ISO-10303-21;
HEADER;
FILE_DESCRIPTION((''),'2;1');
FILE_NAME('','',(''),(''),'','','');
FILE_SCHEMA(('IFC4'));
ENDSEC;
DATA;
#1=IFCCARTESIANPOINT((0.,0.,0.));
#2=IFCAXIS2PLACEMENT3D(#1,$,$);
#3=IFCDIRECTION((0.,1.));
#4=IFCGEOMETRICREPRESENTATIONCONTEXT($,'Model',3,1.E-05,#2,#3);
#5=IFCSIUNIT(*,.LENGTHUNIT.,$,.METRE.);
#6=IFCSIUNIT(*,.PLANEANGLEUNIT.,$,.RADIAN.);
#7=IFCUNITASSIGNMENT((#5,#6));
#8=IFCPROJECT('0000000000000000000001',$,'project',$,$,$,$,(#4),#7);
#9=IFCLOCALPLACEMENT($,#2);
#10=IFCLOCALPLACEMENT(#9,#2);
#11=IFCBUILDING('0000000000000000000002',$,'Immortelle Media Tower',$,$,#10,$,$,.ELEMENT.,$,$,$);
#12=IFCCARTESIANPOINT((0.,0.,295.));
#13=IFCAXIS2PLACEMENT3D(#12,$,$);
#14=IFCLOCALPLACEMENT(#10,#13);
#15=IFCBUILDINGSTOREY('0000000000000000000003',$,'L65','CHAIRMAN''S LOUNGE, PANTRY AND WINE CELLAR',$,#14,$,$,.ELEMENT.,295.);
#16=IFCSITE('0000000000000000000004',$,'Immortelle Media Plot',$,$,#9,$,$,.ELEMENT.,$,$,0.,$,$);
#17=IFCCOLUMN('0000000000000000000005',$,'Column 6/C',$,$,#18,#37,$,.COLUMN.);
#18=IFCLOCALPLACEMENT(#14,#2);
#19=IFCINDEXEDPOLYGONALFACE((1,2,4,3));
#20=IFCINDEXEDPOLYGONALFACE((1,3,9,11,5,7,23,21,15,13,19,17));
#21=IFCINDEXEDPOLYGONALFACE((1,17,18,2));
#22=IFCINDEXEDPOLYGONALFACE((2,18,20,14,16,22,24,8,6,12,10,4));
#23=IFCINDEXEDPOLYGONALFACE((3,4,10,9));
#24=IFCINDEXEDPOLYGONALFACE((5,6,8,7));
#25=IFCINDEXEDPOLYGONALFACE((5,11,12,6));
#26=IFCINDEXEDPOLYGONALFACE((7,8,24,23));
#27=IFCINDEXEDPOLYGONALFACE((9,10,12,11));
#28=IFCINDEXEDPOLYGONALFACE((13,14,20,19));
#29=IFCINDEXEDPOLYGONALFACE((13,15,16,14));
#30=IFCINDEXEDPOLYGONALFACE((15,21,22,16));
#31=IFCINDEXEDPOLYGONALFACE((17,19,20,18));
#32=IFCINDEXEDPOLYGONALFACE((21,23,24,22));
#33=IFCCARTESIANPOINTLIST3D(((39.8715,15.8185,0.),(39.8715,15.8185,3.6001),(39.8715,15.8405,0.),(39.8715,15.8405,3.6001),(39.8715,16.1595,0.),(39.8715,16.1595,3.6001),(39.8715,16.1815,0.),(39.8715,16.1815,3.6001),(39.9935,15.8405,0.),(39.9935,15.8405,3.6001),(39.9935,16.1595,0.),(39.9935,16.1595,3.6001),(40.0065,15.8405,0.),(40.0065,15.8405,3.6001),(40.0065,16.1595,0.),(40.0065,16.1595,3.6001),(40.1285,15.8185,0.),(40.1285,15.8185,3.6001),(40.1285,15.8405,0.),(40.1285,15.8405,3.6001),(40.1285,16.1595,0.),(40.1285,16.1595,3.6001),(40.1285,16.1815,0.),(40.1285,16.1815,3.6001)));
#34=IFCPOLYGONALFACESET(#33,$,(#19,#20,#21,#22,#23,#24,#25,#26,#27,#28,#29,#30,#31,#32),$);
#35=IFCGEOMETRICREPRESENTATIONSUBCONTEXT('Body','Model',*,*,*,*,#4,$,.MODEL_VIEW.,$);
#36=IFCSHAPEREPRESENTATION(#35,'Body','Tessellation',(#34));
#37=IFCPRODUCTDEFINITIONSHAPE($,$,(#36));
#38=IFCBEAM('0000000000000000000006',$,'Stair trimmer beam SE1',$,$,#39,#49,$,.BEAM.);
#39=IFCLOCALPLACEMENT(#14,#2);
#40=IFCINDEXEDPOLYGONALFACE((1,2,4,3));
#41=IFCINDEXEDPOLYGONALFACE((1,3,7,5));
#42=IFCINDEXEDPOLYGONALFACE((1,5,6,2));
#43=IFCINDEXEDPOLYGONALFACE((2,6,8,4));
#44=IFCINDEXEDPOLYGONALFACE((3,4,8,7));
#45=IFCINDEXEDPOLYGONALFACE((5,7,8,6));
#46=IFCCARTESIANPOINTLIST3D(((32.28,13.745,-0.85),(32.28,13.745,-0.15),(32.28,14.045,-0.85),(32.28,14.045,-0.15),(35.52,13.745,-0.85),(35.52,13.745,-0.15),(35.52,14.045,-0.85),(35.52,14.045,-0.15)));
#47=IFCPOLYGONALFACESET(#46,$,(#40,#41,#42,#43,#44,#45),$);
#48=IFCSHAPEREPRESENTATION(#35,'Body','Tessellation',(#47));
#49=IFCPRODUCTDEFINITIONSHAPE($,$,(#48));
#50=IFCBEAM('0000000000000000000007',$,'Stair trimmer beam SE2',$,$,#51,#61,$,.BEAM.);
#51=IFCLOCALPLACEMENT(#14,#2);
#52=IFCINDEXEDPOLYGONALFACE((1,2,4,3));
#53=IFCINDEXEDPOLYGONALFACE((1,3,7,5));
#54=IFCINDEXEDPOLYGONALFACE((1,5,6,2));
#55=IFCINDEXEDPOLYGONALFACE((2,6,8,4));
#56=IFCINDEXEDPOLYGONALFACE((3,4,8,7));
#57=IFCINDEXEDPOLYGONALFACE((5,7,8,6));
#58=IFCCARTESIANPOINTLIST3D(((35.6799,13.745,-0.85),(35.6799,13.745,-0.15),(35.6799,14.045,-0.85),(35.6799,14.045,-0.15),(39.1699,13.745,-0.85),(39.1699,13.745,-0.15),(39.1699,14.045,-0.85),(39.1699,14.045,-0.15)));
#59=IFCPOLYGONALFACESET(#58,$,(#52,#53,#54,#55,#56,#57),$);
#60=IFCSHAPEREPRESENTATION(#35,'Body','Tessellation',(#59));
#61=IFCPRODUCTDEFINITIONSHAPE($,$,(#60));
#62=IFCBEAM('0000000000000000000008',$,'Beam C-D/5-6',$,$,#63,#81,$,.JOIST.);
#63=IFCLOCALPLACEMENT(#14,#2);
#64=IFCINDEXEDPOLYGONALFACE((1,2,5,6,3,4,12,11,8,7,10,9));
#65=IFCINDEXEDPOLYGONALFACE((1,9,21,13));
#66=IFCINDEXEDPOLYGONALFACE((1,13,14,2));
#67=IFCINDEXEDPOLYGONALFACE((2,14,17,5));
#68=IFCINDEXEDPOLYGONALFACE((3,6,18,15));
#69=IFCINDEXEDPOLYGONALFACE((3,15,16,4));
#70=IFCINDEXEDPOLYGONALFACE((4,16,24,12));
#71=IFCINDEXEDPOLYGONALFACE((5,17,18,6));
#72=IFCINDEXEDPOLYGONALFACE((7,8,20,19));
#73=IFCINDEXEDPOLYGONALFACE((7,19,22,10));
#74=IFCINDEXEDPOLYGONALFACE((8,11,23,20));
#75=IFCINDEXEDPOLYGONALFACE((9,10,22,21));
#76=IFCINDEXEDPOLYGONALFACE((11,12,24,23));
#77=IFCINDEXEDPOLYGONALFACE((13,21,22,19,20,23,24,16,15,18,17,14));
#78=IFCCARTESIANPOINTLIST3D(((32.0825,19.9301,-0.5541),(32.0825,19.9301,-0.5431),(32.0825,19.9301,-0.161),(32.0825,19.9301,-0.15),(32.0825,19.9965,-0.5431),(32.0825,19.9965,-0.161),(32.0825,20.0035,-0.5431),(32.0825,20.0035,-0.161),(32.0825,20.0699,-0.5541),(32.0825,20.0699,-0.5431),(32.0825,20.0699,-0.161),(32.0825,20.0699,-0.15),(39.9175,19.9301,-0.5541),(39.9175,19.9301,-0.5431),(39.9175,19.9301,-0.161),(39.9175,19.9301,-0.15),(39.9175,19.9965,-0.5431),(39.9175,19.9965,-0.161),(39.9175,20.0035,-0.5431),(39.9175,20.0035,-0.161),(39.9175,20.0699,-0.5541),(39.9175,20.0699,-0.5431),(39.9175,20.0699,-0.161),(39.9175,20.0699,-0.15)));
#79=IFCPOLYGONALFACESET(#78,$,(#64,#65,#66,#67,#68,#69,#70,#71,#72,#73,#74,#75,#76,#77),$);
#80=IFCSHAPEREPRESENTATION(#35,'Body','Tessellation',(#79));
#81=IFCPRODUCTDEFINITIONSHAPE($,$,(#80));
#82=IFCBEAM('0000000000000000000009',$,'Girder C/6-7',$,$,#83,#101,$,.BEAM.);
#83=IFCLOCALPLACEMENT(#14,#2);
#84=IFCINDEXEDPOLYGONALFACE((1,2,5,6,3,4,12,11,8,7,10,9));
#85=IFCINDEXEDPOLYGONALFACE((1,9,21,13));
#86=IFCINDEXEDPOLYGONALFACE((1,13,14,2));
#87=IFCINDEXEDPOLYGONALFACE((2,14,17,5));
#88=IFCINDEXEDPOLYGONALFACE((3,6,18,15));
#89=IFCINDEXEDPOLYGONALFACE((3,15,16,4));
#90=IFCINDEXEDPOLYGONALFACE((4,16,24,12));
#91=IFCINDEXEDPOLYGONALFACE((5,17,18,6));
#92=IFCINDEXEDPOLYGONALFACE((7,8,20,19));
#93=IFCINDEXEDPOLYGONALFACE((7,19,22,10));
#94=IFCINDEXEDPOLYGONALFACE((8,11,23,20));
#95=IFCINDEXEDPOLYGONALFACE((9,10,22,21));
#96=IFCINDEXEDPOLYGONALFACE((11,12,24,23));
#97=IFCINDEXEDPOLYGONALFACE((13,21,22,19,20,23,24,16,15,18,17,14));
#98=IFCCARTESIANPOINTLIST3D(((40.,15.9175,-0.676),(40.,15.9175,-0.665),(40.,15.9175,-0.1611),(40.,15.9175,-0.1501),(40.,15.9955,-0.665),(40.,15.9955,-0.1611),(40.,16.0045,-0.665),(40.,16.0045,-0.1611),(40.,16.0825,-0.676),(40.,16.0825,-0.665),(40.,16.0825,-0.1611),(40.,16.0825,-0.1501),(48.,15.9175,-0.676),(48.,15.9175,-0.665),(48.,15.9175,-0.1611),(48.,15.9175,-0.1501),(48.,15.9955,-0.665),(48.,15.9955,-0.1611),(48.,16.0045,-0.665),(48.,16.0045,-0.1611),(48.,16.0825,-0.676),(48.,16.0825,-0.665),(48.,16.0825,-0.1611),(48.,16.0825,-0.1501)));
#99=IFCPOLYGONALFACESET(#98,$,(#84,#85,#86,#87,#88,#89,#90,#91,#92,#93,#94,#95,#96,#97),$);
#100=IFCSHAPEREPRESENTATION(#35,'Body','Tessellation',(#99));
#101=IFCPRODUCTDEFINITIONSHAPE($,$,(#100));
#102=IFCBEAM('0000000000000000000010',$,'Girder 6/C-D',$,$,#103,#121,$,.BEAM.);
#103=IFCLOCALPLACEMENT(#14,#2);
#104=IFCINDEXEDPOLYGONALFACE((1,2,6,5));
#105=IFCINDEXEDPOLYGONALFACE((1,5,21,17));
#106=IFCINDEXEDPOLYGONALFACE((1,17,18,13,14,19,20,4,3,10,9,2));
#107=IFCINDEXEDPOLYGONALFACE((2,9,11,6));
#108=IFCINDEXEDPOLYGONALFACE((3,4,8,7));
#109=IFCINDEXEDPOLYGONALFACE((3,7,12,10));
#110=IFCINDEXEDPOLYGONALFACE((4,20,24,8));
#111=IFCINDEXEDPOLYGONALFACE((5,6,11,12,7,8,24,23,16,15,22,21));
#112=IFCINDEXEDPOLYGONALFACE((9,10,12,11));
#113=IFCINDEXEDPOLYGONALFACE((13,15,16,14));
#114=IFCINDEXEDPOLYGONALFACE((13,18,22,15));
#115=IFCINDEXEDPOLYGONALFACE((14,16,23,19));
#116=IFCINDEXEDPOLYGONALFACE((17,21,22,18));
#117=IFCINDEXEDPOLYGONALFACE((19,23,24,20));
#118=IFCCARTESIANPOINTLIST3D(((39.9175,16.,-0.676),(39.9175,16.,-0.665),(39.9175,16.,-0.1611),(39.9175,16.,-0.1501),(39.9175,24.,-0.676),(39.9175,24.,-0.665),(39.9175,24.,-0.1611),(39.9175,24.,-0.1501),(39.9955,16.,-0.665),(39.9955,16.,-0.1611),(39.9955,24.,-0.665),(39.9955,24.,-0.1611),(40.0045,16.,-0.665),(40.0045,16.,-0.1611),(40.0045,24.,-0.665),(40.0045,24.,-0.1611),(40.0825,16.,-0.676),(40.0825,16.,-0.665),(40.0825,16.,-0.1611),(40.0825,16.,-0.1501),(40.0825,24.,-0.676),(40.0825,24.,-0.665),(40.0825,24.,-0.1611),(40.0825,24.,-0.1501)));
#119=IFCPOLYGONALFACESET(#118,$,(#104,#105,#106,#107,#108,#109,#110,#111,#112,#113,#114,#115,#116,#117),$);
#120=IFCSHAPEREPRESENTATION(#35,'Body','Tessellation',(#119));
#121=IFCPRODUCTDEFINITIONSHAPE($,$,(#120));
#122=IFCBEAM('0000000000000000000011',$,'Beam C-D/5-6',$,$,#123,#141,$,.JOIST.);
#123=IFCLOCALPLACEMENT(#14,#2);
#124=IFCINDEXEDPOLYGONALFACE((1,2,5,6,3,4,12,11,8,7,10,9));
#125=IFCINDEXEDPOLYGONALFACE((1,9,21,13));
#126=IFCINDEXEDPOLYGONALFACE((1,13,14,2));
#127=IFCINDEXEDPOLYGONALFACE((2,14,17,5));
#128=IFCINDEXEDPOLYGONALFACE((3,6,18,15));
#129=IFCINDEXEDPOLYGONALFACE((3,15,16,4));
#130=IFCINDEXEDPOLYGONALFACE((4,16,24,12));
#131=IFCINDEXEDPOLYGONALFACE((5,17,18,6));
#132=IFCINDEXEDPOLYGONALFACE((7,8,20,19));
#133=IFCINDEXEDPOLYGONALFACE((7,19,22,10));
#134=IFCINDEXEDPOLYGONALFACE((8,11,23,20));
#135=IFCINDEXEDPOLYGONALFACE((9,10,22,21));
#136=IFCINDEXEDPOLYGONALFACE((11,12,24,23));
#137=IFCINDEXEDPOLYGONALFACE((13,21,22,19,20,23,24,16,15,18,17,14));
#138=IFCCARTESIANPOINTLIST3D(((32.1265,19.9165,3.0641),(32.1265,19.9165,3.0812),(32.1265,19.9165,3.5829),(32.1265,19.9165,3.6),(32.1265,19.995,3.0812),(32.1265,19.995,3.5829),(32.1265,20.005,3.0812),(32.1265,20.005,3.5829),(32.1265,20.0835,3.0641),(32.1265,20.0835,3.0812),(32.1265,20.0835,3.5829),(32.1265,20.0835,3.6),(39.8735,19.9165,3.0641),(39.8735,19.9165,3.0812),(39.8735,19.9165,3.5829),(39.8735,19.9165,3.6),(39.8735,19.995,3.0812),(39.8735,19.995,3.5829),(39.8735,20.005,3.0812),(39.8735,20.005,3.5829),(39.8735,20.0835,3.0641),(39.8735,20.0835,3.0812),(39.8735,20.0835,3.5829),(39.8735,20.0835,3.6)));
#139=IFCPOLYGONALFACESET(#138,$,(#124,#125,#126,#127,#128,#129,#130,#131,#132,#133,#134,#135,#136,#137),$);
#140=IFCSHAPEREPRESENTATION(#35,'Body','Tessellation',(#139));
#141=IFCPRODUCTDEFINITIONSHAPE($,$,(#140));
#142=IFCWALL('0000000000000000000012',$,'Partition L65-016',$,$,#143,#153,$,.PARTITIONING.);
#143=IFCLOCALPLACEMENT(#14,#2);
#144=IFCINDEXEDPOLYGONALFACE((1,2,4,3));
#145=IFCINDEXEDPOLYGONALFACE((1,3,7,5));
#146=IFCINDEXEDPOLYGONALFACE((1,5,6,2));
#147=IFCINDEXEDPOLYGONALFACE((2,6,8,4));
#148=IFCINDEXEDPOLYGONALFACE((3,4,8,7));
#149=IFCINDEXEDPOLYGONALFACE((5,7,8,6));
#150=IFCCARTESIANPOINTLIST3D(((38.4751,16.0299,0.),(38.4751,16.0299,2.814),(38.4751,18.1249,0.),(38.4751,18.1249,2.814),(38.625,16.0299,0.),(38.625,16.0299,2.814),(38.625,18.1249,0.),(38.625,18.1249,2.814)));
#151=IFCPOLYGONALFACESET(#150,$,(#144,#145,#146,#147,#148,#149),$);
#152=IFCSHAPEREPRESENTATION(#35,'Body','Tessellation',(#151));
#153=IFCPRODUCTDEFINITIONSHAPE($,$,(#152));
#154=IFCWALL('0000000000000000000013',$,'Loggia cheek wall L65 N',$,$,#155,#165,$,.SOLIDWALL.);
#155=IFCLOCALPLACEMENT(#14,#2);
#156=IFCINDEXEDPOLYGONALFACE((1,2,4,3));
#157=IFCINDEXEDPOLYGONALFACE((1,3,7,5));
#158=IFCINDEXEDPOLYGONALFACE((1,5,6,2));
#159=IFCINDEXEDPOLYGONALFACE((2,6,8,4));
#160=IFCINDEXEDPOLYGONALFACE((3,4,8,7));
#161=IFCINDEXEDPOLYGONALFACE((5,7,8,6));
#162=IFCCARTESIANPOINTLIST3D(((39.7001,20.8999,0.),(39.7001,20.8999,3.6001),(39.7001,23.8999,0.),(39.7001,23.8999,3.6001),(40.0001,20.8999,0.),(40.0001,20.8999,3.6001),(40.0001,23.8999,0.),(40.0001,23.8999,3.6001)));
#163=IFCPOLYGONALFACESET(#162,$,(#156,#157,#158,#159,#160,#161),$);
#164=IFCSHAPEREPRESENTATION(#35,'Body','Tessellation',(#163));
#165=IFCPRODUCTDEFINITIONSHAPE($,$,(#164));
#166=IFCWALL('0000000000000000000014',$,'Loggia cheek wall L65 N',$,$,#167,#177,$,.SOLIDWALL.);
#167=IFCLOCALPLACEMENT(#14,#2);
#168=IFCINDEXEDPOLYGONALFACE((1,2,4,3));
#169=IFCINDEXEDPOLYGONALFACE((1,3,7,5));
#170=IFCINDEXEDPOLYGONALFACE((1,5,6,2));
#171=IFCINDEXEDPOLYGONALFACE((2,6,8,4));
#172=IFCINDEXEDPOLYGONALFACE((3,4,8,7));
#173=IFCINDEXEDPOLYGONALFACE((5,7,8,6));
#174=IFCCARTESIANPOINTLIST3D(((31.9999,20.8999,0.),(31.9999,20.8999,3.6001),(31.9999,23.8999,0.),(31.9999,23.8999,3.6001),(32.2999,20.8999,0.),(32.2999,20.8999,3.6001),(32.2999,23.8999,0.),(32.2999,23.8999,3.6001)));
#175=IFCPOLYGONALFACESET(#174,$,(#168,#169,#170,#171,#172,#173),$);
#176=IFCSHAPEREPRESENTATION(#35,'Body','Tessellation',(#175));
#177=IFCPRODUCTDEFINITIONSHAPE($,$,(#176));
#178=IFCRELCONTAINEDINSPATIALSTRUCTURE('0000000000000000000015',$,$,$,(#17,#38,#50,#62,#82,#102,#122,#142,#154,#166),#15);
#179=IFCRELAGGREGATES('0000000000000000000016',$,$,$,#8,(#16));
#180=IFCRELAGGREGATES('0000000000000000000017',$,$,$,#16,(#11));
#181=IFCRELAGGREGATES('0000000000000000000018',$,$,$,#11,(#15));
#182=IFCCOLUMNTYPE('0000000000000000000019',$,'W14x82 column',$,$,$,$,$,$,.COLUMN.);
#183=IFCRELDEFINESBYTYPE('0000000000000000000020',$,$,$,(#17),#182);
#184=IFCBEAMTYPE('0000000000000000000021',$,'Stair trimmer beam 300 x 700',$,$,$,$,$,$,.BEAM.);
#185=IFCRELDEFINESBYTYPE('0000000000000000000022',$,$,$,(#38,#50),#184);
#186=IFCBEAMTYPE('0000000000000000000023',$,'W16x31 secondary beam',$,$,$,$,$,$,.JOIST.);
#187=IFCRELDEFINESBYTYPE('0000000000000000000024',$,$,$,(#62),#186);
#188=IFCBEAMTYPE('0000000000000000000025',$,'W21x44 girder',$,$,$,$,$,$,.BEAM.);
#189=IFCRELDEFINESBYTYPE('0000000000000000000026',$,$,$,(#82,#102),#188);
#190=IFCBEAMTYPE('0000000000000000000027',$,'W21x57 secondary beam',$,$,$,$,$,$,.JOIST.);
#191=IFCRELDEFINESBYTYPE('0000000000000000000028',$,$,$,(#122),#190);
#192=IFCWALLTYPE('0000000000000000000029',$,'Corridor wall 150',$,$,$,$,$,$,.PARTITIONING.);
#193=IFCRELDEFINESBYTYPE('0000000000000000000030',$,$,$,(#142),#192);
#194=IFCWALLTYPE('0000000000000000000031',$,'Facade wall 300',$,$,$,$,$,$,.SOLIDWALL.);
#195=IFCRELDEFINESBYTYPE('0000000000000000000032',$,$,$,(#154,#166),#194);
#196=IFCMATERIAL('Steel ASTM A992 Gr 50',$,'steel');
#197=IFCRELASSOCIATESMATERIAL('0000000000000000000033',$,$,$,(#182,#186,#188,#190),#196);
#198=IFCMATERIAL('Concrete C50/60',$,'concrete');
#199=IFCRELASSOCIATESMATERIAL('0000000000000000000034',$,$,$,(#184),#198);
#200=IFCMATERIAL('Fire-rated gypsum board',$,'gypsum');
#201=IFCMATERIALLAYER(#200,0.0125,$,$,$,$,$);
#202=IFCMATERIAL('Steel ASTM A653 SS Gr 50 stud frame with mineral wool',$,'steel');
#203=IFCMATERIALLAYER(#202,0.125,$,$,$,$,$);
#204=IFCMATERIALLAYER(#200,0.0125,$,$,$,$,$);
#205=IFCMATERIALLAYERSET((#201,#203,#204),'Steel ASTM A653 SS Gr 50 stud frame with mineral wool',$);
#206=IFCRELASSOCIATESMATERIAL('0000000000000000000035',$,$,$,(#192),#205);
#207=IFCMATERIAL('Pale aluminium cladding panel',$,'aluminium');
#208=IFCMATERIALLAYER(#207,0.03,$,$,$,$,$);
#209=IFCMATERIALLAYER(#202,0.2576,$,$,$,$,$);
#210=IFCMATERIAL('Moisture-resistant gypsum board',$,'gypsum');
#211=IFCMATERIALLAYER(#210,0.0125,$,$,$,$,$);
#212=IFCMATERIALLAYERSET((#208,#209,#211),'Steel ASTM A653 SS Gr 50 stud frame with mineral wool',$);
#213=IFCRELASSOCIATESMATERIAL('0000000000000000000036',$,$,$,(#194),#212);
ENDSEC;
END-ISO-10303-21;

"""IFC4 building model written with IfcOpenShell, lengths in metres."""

from ifc_helpers import new_model, si_unit, direction, frame, frame_2d, origin, origin_2d, place, context, subcontext, project, spatial, rectangle, i_section, extrude, material, layer, layer_set, material_profile, profile_set, type_object, element, save


model = new_model("IFC4")

# Units and contexts
model_context = context("Model", 3, precision=1e-05, world=origin(), true_north=direction((0.0, 1.0)))
body_context = subcontext(model_context, "Body", "Model", "MODEL_VIEW")
ifc_project = project(units=[si_unit("LENGTHUNIT", "METRE"), si_unit("PLANEANGLEUNIT", "RADIAN")], contexts=[model_context])

# Site, building, storey
site_placement = place(None, origin())
site = spatial("IfcSite", under=ifc_project, at=site_placement, Name="Immortelle Media Plot", CompositionType="ELEMENT", RefElevation=0.0)
building_placement = place(site_placement, origin())
building = spatial("IfcBuilding", under=site, at=building_placement, Name="Immortelle Media Tower", CompositionType="ELEMENT")
storey_placement = place(building_placement, frame((0.0, 0.0, 295.0)))
storey = spatial("IfcBuildingStorey", under=building, at=storey_placement, Name="L65", Description="CHAIRMAN'S LOUNGE, PANTRY AND WINE CELLAR", CompositionType="ELEMENT", Elevation=295.0)

# Column
ifc_material_1 = material(Name="Steel ASTM A992 Gr 50", Category="steel")
ifc_material_profile_1 = material_profile(ifc_material_1, i_section(OverallWidth=0.2571, OverallDepth=0.363, WebThickness=0.0129, FlangeThickness=0.022, at=origin_2d()), Name="W14x82")
ifc_profile_set_1 = profile_set([ifc_material_profile_1], Name="Steel ASTM A992 Gr 50")
column_type = type_object("IfcColumnType", Name="W14x82 column", PredefinedType="COLUMN", material=ifc_profile_set_1)
column_placement = place(storey_placement, frame((40.0, 16.0, 0.0), z_axis=(0.0, 0.0, 1.0), x_axis=(1.0, 0.0, 0.0)))
element("IfcColumn", 1, at=column_placement, inside=storey, type_object=column_type, Name="Column 6/C", PredefinedType="COLUMN", context=body_context, shape_type="SweptSolid", body=[
    extrude(i_section(OverallWidth=0.2571, OverallDepth=0.363, WebThickness=0.0129, FlangeThickness=0.022, at=origin_2d()), origin(), (0.0, 0.0, 1.0), 3.6001),
])

# Beams
ifc_material_2 = material(Name="Concrete C50/60", Category="concrete")
ifc_material_profile_2 = material_profile(ifc_material_2, rectangle(XDim=0.3, YDim=0.7, at=origin_2d()), Name="RC 300x700")
ifc_profile_set_2 = profile_set([ifc_material_profile_2], Name="Concrete C50/60")
beam_type_1 = type_object("IfcBeamType", Name="Stair trimmer beam 300 x 700", PredefinedType="BEAM", material=ifc_profile_set_2)
beam_1_placement = place(storey_placement, frame((32.28, 13.895, -0.5), z_axis=(1.0, 0.0, 0.0), x_axis=(0.0, 1.0, 0.0)))
element("IfcBeam", 2, at=beam_1_placement, inside=storey, type_object=beam_type_1, Name="Stair trimmer beam SE1", PredefinedType="BEAM", context=body_context, shape_type="SweptSolid", body=[
    extrude(rectangle(XDim=0.3, YDim=0.7, at=origin_2d()), origin(), (0.0, 0.0, 1.0), 3.24),
])
beam_2_placement = place(storey_placement, frame((35.6799, 13.895, -0.5), z_axis=(1.0, 0.0, 0.0), x_axis=(0.0, 1.0, 0.0)))
element("IfcBeam", 3, at=beam_2_placement, inside=storey, type_object=beam_type_1, Name="Stair trimmer beam SE2", PredefinedType="BEAM", context=body_context, shape_type="SweptSolid", body=[
    extrude(rectangle(XDim=0.3, YDim=0.7, at=origin_2d()), origin(), (0.0, 0.0, 1.0), 3.49),
])
ifc_material_profile_3 = material_profile(ifc_material_1, i_section(OverallWidth=0.1399, OverallDepth=0.4041, WebThickness=0.0071, FlangeThickness=0.011, at=origin_2d()), Name="W16x31")
ifc_profile_set_3 = profile_set([ifc_material_profile_3], Name="Steel ASTM A992 Gr 50")
beam_type_2 = type_object("IfcBeamType", Name="W16x31 secondary beam", PredefinedType="JOIST", material=ifc_profile_set_3)
beam_3_placement = place(storey_placement, frame((32.0825, 20.0, -0.3521), z_axis=(1.0, 0.0, 0.0), x_axis=(0.0, 1.0, 0.0)))
element("IfcBeam", 4, at=beam_3_placement, inside=storey, type_object=beam_type_2, Name="Beam C-D/5-6", PredefinedType="JOIST", context=body_context, shape_type="SweptSolid", body=[
    extrude(i_section(OverallWidth=0.1399, OverallDepth=0.4041, WebThickness=0.0071, FlangeThickness=0.011, at=origin_2d()), origin(), (0.0, 0.0, 1.0), 7.835),
])
ifc_material_profile_4 = material_profile(ifc_material_1, i_section(OverallWidth=0.165, OverallDepth=0.5259, WebThickness=0.009, FlangeThickness=0.011, at=origin_2d()), Name="W21x44")
ifc_profile_set_4 = profile_set([ifc_material_profile_4], Name="Steel ASTM A992 Gr 50")
beam_type_3 = type_object("IfcBeamType", Name="W21x44 girder", PredefinedType="BEAM", material=ifc_profile_set_4)
for number, where, z_axis, x_axis, name in (
    (5, (40.0, 16.0, -0.4131), (1.0, 0.0, 0.0), (0.0, 1.0, 0.0), "Girder C/6-7"),
    (6, (40.0, 16.0, -0.4131), (0.0, 1.0, 0.0), (-1.0, 0.0, 0.0), "Girder 6/C-D"),
):
    element("IfcBeam", number, at=place(storey_placement, frame(where, z_axis=z_axis, x_axis=x_axis)), inside=storey, type_object=beam_type_3, Name=name, PredefinedType="BEAM", context=body_context, shape_type="SweptSolid", body=[
        extrude(i_section(OverallWidth=0.165, OverallDepth=0.5259, WebThickness=0.009, FlangeThickness=0.011, at=origin_2d()), origin(), (0.0, 0.0, 1.0), 8.0),
    ])
ifc_material_profile_5 = material_profile(ifc_material_1, i_section(OverallWidth=0.167, OverallDepth=0.5359, WebThickness=0.01, FlangeThickness=0.0171, at=origin_2d()), Name="W21x57")
ifc_profile_set_5 = profile_set([ifc_material_profile_5], Name="Steel ASTM A992 Gr 50")
beam_type_4 = type_object("IfcBeamType", Name="W21x57 secondary beam", PredefinedType="JOIST", material=ifc_profile_set_5)
beam_4_placement = place(storey_placement, frame((32.1265, 20.0, 3.332), z_axis=(1.0, 0.0, 0.0), x_axis=(0.0, 1.0, 0.0)))
element("IfcBeam", 7, at=beam_4_placement, inside=storey, type_object=beam_type_4, Name="Beam C-D/5-6", PredefinedType="JOIST", context=body_context, shape_type="SweptSolid", body=[
    extrude(i_section(OverallWidth=0.167, OverallDepth=0.5359, WebThickness=0.01, FlangeThickness=0.0171, at=origin_2d()), origin(), (0.0, 0.0, 1.0), 7.7471),
])

# Wall
ifc_material_3 = material(Name="Fire-rated gypsum board", Category="gypsum")
ifc_layer_1 = layer(ifc_material_3, 0.0125)
ifc_material_4 = material(Name="Steel ASTM A653 SS Gr 50 stud frame with mineral wool", Category="steel")
ifc_layer_2 = layer(ifc_material_4, 0.125)
ifc_layer_3 = layer(ifc_material_3, 0.0125)
ifc_layer_set_1 = layer_set([ifc_layer_1, ifc_layer_2, ifc_layer_3], Name="Steel ASTM A653 SS Gr 50 stud frame with mineral wool")
wall_type_1 = type_object("IfcWallType", Name="Corridor wall 150", PredefinedType="PARTITIONING", material=ifc_layer_set_1)
wall_1_placement = place(storey_placement, frame((38.55, 16.03, 0.0), z_axis=(0.0, 0.0, 1.0), x_axis=(0.0, 1.0, 0.0)))
element("IfcWall", 8, at=wall_1_placement, inside=storey, type_object=wall_type_1, Name="Partition L65-016", PredefinedType="PARTITIONING", context=body_context, shape_type="SweptSolid", body=[
    extrude(rectangle(XDim=2.095, YDim=0.1499, at=frame_2d((1.0474, 0.0))), origin(), (0.0, 0.0, 1.0), 2.814),
])

# Shared definitions
ifc_material_5 = material(Name="Pale aluminium cladding panel", Category="aluminium")
ifc_layer_4 = layer(ifc_material_5, 0.03)
ifc_layer_5 = layer(ifc_material_4, 0.2576)
ifc_material_6 = material(Name="Moisture-resistant gypsum board", Category="gypsum")
ifc_layer_6 = layer(ifc_material_6, 0.0125)
ifc_layer_set_2 = layer_set([ifc_layer_4, ifc_layer_5, ifc_layer_6], Name="Steel ASTM A653 SS Gr 50 stud frame with mineral wool")
wall_type_2 = type_object("IfcWallType", Name="Facade wall 300", PredefinedType="SOLIDWALL", material=ifc_layer_set_2)

# Walls
for number, where, z_axis, x_axis, name in (
    (9, (39.8501, 23.8999, 0.0), (0.0, 0.0, 1.0), (0.0, -1.0, 0.0), "Loggia cheek wall L65 N"),
    (10, (32.1499, 23.8999, 0.0), (0.0, 0.0, 1.0), (0.0, -1.0, 0.0), "Loggia cheek wall L65 N"),
):
    element("IfcWall", number, at=place(storey_placement, frame(where, z_axis=z_axis, x_axis=x_axis)), inside=storey, type_object=wall_type_2, Name=name, PredefinedType="SOLIDWALL", context=body_context, shape_type="SweptSolid", body=[
        extrude(rectangle(XDim=3.0, YDim=0.3, at=frame_2d((1.5, 0.0))), origin(), (0.0, 0.0, 1.0), 3.6001),
    ])

save(model, "model.ifc")
